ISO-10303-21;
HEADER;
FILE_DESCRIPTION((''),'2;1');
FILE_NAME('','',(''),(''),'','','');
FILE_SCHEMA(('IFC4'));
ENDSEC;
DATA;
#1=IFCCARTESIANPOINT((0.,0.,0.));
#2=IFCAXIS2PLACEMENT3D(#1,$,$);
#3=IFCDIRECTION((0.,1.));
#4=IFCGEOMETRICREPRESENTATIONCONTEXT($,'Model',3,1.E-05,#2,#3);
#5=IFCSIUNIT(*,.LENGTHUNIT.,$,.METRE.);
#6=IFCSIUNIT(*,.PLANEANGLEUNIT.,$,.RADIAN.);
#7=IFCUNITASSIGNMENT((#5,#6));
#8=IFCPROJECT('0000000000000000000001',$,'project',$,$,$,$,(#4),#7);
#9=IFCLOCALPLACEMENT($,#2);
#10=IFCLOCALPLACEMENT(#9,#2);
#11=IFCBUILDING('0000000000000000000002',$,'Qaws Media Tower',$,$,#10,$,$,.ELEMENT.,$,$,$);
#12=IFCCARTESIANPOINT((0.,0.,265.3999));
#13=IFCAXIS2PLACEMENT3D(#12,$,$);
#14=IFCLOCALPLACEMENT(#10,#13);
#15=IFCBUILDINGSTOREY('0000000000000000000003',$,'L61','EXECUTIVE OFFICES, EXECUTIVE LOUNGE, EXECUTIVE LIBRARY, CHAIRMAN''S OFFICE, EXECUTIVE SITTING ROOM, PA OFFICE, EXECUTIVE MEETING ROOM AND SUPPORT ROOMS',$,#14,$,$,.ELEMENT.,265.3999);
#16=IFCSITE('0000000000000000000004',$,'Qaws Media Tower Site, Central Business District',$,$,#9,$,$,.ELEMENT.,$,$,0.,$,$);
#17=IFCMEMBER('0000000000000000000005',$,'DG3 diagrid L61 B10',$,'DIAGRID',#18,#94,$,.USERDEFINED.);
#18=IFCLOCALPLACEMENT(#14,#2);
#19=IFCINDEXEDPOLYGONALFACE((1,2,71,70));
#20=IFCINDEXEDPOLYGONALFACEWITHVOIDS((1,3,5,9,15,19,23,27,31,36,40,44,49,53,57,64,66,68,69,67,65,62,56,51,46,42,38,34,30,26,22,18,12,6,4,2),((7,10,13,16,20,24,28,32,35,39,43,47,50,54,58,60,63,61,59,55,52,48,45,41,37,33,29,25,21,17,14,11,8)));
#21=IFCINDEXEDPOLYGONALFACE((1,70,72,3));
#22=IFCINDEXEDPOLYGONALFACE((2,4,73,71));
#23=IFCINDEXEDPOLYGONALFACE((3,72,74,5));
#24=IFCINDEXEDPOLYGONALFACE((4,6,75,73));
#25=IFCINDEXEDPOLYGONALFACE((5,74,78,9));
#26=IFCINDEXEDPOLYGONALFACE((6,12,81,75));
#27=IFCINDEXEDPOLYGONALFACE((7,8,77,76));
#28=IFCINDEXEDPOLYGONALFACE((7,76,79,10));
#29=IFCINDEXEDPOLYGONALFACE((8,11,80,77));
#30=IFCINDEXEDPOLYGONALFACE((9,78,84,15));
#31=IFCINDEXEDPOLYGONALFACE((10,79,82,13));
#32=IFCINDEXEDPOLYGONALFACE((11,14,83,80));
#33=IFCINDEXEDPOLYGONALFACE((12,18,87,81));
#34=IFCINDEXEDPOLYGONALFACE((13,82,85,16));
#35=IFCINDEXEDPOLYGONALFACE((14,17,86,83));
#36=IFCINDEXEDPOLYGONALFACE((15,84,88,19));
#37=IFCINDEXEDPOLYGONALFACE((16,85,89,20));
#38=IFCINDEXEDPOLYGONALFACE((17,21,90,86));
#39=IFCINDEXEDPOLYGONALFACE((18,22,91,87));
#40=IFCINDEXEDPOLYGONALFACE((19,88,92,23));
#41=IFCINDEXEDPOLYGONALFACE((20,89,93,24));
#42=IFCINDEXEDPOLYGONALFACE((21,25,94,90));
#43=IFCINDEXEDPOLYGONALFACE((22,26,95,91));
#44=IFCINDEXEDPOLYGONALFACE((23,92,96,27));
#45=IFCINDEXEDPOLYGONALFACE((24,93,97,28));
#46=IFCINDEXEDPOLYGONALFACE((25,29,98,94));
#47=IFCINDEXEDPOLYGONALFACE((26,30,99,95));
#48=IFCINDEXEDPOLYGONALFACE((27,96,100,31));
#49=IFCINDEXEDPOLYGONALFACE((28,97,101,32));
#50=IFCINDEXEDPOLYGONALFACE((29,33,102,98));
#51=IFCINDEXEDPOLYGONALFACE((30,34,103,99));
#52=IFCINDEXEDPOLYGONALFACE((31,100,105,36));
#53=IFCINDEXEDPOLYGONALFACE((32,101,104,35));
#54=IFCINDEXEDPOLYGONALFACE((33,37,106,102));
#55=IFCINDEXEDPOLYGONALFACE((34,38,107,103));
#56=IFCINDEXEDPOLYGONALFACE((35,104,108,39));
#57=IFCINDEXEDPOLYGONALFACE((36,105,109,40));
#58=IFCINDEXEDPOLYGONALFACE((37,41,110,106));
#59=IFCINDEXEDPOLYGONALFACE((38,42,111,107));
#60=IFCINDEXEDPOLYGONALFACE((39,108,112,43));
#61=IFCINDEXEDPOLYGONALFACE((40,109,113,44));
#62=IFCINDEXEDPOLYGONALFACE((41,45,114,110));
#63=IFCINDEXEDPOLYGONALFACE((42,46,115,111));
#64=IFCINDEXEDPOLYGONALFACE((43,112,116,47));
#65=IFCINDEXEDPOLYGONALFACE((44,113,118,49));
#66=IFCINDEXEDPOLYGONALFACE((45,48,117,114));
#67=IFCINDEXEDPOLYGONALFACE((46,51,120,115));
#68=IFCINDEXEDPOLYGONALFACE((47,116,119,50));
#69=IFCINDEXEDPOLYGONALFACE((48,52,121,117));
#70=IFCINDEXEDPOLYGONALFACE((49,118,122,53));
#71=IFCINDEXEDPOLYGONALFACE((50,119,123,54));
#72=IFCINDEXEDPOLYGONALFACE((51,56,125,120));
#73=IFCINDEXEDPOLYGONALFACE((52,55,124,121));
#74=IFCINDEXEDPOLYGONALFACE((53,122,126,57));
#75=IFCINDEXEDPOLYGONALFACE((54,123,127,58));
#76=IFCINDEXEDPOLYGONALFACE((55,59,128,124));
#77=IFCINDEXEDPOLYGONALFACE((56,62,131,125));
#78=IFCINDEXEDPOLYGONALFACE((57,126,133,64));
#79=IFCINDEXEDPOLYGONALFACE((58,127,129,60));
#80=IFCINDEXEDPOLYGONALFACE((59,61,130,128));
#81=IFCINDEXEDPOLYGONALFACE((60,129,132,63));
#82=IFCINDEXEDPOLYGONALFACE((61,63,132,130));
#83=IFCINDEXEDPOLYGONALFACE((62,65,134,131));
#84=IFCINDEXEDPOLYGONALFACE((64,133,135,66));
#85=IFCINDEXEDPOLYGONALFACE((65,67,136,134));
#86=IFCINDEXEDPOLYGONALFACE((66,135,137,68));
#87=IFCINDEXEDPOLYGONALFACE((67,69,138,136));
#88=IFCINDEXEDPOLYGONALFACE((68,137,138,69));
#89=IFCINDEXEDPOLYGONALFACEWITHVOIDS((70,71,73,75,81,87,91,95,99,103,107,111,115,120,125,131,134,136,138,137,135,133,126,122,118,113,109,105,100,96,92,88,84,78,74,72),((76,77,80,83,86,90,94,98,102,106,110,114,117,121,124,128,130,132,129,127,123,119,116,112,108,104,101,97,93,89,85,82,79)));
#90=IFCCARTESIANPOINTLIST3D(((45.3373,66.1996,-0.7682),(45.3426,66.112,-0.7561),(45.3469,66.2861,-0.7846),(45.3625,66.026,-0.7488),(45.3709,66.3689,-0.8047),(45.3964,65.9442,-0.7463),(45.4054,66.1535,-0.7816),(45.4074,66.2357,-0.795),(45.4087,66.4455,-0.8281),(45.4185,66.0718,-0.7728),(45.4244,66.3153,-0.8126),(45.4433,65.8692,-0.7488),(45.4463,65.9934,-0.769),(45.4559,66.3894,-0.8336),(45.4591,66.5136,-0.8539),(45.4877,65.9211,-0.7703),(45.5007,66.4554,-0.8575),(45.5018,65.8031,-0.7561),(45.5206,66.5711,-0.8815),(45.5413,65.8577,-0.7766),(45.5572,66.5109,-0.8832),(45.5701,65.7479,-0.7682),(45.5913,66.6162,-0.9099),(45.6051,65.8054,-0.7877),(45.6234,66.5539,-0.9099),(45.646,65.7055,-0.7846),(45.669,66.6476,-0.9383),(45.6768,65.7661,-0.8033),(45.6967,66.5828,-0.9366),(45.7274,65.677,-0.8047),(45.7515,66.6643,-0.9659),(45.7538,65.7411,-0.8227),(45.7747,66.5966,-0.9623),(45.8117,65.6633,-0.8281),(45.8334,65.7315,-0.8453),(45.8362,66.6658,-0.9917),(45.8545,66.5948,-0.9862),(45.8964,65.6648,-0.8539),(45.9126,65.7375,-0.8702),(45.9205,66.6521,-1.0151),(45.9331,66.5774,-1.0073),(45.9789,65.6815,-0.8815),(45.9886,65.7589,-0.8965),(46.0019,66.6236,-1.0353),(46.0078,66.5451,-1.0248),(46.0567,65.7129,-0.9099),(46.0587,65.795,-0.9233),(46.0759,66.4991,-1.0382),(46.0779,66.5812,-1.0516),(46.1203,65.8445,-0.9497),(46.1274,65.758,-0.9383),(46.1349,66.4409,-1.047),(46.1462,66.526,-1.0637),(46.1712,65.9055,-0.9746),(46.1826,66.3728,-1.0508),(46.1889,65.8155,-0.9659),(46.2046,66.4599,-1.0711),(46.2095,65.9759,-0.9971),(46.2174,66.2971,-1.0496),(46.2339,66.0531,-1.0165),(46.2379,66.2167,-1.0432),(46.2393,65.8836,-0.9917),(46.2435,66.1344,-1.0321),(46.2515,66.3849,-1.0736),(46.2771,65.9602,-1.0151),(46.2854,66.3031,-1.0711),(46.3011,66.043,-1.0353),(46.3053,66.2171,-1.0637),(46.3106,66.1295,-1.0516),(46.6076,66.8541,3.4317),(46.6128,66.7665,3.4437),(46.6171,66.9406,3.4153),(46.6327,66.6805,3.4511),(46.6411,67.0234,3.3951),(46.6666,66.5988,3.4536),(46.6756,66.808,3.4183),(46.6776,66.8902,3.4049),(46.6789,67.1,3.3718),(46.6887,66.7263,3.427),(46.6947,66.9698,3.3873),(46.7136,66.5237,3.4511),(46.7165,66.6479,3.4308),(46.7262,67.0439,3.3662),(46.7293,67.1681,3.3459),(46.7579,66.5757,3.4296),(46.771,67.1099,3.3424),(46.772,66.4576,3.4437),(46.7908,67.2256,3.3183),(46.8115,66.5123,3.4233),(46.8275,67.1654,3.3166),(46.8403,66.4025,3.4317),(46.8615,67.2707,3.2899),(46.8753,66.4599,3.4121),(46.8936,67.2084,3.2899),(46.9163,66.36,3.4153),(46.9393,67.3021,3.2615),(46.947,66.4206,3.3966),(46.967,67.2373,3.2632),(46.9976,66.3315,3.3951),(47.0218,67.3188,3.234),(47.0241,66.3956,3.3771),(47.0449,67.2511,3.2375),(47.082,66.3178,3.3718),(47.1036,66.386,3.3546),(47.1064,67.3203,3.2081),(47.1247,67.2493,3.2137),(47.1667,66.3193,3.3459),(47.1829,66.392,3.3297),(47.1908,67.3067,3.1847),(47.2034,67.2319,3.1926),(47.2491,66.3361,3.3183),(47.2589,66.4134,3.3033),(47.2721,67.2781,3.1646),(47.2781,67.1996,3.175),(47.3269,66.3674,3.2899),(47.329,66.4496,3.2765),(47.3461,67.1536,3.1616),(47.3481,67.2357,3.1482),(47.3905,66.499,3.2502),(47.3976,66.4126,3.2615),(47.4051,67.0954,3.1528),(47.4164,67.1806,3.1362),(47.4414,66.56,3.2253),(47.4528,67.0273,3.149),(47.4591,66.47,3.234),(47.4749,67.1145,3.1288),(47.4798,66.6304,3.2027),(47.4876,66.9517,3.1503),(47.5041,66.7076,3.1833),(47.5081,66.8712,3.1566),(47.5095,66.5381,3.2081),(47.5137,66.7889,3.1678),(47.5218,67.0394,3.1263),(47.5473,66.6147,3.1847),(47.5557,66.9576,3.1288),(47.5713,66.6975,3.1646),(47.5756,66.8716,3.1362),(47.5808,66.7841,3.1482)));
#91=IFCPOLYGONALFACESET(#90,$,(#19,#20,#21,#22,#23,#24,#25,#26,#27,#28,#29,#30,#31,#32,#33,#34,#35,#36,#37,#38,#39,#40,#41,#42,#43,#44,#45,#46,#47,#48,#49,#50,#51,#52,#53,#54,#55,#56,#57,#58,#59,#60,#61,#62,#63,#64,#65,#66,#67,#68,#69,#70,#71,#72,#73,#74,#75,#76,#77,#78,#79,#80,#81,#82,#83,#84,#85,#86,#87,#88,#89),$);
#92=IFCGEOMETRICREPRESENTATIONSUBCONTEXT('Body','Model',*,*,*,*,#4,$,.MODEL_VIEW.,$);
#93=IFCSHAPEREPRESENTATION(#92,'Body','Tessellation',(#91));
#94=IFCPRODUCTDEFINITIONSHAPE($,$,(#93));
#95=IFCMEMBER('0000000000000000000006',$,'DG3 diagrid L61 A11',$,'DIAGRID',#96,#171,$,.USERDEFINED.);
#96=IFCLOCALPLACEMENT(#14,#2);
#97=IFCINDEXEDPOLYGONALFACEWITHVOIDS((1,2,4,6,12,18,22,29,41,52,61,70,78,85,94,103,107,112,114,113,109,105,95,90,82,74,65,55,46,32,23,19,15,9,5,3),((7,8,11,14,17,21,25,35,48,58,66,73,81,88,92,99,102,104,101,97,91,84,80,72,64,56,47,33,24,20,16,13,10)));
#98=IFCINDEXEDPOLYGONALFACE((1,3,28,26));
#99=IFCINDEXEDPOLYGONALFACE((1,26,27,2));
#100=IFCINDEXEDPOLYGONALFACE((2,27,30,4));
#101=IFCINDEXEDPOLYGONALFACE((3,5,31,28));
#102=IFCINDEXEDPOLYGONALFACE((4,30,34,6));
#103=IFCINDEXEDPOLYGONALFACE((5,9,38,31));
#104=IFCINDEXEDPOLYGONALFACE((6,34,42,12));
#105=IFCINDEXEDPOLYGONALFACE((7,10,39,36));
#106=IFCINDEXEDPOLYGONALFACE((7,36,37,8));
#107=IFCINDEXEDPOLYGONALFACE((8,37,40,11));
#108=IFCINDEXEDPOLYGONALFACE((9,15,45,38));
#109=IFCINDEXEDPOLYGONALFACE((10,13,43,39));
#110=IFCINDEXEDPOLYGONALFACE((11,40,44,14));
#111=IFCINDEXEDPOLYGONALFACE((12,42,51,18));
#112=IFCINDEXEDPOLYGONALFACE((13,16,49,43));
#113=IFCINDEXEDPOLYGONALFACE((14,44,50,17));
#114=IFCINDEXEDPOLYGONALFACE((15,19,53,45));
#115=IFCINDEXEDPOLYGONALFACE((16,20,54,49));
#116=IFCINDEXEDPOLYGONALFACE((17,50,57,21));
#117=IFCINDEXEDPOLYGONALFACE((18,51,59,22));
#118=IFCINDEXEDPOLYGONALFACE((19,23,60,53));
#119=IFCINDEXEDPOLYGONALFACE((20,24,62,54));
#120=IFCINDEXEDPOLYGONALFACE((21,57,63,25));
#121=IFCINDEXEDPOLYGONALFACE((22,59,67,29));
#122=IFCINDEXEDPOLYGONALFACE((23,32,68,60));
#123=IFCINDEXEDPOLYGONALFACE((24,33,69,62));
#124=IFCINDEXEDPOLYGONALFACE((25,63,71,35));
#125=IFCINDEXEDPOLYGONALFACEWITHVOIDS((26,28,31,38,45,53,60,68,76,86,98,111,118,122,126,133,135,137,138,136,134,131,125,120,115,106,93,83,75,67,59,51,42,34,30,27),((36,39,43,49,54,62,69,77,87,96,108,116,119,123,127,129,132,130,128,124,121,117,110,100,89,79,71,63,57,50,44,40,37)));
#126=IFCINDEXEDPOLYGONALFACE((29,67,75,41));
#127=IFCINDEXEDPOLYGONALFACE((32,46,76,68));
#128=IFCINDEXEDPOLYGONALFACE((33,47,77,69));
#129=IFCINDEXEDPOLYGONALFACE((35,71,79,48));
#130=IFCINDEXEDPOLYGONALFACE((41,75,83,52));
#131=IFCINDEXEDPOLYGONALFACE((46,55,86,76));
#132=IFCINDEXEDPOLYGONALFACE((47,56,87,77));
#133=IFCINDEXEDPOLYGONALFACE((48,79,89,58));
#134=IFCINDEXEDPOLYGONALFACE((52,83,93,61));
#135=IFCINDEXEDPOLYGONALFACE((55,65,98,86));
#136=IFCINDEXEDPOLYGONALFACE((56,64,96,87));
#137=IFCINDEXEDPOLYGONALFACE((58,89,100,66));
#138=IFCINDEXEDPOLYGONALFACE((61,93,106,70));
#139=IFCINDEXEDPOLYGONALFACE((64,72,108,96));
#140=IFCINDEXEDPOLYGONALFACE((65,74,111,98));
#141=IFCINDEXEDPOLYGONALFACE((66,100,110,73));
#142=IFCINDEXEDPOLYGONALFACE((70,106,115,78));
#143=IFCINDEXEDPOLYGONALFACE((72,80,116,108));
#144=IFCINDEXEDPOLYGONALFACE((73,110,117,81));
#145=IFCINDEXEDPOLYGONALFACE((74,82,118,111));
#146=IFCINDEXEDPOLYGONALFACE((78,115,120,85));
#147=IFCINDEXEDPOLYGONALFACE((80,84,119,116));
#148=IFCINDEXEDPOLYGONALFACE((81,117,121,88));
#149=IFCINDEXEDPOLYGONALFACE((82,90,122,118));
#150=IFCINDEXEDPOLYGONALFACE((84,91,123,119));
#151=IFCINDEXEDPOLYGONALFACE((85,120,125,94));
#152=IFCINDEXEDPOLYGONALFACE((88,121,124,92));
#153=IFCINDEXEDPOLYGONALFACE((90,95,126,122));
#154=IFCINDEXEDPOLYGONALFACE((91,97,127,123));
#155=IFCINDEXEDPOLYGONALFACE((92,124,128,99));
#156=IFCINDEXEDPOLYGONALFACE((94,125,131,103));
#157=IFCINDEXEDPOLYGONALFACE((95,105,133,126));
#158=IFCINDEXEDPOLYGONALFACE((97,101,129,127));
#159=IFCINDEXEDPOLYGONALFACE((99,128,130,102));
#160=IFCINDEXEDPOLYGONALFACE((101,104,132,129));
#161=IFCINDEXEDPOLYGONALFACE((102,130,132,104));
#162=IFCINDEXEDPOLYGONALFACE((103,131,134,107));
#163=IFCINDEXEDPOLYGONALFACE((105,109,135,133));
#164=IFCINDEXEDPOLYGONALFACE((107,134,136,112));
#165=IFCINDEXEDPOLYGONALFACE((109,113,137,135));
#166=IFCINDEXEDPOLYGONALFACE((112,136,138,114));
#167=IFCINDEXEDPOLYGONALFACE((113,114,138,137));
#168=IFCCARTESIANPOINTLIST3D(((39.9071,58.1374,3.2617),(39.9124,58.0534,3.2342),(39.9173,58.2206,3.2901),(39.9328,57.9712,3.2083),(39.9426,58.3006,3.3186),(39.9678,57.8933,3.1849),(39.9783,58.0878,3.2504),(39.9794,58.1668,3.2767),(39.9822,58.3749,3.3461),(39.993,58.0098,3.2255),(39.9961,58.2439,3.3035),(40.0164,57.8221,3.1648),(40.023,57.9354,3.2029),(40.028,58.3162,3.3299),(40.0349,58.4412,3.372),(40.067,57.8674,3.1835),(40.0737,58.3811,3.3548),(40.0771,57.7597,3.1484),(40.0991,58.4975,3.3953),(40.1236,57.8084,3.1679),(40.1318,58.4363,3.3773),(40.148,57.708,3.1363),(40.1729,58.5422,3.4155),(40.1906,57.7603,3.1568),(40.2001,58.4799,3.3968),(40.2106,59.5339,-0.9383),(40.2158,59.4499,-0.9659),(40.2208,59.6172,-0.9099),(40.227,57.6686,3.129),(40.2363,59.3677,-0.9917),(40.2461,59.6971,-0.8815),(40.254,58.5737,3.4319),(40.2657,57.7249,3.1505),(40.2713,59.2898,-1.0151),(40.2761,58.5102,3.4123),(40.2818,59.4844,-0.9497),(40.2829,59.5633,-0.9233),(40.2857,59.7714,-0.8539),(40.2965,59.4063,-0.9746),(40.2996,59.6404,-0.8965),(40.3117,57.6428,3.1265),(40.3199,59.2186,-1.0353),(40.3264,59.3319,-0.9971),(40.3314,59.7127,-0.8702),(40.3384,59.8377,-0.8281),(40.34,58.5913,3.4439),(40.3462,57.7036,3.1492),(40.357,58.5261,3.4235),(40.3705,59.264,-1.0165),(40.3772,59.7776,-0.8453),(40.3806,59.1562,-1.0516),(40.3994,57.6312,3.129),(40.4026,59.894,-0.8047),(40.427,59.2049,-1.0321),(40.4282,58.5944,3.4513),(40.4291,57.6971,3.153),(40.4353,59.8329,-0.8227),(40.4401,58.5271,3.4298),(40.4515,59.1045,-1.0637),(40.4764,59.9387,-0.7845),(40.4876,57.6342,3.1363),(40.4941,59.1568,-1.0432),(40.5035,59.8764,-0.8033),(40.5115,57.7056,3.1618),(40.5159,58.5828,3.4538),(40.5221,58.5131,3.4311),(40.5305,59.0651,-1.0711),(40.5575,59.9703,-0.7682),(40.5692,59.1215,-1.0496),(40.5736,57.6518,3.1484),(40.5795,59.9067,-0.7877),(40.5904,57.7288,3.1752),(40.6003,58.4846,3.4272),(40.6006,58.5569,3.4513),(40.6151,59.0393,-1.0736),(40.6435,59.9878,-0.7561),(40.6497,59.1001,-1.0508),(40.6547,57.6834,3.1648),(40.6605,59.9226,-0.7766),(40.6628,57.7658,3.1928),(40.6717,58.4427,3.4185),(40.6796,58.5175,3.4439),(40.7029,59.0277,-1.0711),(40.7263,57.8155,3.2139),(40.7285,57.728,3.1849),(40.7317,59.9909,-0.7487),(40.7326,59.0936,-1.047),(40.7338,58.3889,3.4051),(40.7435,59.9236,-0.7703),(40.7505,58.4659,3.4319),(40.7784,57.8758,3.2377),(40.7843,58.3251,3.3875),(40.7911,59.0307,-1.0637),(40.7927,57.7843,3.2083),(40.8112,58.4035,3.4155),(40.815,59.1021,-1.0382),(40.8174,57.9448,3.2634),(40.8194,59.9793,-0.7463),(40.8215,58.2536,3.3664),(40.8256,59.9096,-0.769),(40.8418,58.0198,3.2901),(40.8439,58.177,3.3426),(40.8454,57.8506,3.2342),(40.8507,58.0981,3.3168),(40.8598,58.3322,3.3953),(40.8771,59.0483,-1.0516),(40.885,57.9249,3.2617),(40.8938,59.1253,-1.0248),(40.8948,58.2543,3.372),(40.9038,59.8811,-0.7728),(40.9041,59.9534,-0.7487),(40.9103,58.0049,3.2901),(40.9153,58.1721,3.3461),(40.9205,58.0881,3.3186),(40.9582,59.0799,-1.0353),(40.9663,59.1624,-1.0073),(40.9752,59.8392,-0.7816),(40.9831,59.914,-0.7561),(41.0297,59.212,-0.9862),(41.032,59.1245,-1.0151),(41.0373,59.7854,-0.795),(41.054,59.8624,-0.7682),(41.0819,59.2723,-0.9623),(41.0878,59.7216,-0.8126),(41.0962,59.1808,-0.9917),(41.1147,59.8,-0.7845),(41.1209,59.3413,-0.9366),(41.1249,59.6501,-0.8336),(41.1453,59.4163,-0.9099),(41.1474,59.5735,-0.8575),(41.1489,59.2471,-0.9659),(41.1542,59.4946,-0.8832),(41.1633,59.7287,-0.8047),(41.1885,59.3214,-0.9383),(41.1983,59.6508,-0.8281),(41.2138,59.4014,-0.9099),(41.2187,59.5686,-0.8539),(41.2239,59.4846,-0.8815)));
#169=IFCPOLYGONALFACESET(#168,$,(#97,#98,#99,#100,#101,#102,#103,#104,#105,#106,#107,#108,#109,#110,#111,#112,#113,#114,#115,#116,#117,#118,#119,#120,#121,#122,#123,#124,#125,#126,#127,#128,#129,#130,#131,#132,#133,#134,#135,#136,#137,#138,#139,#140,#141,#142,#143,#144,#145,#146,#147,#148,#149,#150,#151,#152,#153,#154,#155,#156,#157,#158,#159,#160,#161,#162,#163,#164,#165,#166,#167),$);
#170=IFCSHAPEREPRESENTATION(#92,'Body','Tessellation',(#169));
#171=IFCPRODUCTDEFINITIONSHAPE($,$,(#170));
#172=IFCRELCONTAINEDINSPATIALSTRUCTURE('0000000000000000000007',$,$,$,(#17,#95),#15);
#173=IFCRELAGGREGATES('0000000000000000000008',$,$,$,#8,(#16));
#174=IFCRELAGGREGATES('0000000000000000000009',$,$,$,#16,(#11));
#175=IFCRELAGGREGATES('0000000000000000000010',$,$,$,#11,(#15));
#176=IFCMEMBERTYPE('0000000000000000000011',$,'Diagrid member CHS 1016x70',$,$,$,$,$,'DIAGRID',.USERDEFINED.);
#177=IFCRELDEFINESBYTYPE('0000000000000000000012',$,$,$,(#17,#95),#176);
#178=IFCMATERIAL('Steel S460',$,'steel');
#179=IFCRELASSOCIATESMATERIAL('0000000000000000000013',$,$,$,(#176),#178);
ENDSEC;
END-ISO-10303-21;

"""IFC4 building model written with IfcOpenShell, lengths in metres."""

from ifc_helpers import new_model, si_unit, direction, frame, origin, origin_2d, place, context, subcontext, project, spatial, hollow_circle, extrude, material, material_profile, profile_set, type_object, element, save


model = new_model("IFC4")

# Units and contexts
model_context = context("Model", 3, precision=1e-05, world=origin(), true_north=direction((0.0, 1.0)))
body_context = subcontext(model_context, "Body", "Model", "MODEL_VIEW")
ifc_project = project(units=[si_unit("LENGTHUNIT", "METRE"), si_unit("PLANEANGLEUNIT", "RADIAN")], contexts=[model_context])

# Site, building, storey
site_placement = place(None, origin())
site = spatial("IfcSite", under=ifc_project, at=site_placement, Name="Qaws Media Tower Site, Central Business District", CompositionType="ELEMENT", RefElevation=0.0)
building_placement = place(site_placement, origin())
building = spatial("IfcBuilding", under=site, at=building_placement, Name="Qaws Media Tower", CompositionType="ELEMENT")
storey_placement = place(building_placement, frame((0.0, 0.0, 265.3999)))
storey = spatial("IfcBuildingStorey", under=building, at=storey_placement, Name="L61", Description="EXECUTIVE OFFICES, EXECUTIVE LOUNGE, EXECUTIVE LIBRARY, CHAIRMAN'S OFFICE, EXECUTIVE SITTING ROOM, PA OFFICE, EXECUTIVE MEETING ROOM AND SUPPORT ROOMS", CompositionType="ELEMENT", Elevation=265.3999)

# Members
ifc_material_1 = material(Name="Steel S460", Category="steel")
ifc_material_profile_1 = material_profile(ifc_material_1, hollow_circle(Radius=0.5081, WallThickness=0.0701, at=origin_2d()), Name="CHS 1016x70")
ifc_profile_set_1 = profile_set([ifc_material_profile_1], Name="Steel S460")
member_type_1 = type_object("IfcMemberType", Name="Diagrid member CHS 1016x70", ElementType="DIAGRID", PredefinedType="USERDEFINED", material=ifc_profile_set_1)
for number, where, z_axis, x_axis, name in (
    (1, (45.824, 66.1646, -0.9099), (0.286328, 0.147539, 0.946704), (-0.458047, 0.888928, 0.0), "DG3 diagrid L61 B10"),
):
    element("IfcMember", number, at=place(storey_placement, frame(where, z_axis=z_axis, x_axis=x_axis)), inside=storey, type_object=member_type_1, Name=name, ObjectType="DIAGRID", PredefinedType="USERDEFINED", context=body_context, shape_type="SweptSolid", body=[
        extrude(hollow_circle(Radius=0.5081, WallThickness=0.0701, at=origin_2d()), origin(), (0.0, 0.0, 1.0), 4.4363),
    ])
member_1_placement = place(storey_placement, frame((40.7173, 59.5093, -0.9099), z_axis=(-0.068403, -0.314777, 0.946698), x_axis=(0.977193, -0.212352, 0.0)))
element("IfcMember", 2, at=member_1_placement, inside=storey, type_object=member_type_1, Name="DG3 diagrid L61 A11", ObjectType="DIAGRID", PredefinedType="USERDEFINED", context=body_context, shape_type="SweptSolid", body=[
    extrude(hollow_circle(Radius=0.5081, WallThickness=0.0701, at=origin_2d()), origin(), (0.0, 0.0, 1.0), 4.4365),
])

save(model, "model.ifc")
